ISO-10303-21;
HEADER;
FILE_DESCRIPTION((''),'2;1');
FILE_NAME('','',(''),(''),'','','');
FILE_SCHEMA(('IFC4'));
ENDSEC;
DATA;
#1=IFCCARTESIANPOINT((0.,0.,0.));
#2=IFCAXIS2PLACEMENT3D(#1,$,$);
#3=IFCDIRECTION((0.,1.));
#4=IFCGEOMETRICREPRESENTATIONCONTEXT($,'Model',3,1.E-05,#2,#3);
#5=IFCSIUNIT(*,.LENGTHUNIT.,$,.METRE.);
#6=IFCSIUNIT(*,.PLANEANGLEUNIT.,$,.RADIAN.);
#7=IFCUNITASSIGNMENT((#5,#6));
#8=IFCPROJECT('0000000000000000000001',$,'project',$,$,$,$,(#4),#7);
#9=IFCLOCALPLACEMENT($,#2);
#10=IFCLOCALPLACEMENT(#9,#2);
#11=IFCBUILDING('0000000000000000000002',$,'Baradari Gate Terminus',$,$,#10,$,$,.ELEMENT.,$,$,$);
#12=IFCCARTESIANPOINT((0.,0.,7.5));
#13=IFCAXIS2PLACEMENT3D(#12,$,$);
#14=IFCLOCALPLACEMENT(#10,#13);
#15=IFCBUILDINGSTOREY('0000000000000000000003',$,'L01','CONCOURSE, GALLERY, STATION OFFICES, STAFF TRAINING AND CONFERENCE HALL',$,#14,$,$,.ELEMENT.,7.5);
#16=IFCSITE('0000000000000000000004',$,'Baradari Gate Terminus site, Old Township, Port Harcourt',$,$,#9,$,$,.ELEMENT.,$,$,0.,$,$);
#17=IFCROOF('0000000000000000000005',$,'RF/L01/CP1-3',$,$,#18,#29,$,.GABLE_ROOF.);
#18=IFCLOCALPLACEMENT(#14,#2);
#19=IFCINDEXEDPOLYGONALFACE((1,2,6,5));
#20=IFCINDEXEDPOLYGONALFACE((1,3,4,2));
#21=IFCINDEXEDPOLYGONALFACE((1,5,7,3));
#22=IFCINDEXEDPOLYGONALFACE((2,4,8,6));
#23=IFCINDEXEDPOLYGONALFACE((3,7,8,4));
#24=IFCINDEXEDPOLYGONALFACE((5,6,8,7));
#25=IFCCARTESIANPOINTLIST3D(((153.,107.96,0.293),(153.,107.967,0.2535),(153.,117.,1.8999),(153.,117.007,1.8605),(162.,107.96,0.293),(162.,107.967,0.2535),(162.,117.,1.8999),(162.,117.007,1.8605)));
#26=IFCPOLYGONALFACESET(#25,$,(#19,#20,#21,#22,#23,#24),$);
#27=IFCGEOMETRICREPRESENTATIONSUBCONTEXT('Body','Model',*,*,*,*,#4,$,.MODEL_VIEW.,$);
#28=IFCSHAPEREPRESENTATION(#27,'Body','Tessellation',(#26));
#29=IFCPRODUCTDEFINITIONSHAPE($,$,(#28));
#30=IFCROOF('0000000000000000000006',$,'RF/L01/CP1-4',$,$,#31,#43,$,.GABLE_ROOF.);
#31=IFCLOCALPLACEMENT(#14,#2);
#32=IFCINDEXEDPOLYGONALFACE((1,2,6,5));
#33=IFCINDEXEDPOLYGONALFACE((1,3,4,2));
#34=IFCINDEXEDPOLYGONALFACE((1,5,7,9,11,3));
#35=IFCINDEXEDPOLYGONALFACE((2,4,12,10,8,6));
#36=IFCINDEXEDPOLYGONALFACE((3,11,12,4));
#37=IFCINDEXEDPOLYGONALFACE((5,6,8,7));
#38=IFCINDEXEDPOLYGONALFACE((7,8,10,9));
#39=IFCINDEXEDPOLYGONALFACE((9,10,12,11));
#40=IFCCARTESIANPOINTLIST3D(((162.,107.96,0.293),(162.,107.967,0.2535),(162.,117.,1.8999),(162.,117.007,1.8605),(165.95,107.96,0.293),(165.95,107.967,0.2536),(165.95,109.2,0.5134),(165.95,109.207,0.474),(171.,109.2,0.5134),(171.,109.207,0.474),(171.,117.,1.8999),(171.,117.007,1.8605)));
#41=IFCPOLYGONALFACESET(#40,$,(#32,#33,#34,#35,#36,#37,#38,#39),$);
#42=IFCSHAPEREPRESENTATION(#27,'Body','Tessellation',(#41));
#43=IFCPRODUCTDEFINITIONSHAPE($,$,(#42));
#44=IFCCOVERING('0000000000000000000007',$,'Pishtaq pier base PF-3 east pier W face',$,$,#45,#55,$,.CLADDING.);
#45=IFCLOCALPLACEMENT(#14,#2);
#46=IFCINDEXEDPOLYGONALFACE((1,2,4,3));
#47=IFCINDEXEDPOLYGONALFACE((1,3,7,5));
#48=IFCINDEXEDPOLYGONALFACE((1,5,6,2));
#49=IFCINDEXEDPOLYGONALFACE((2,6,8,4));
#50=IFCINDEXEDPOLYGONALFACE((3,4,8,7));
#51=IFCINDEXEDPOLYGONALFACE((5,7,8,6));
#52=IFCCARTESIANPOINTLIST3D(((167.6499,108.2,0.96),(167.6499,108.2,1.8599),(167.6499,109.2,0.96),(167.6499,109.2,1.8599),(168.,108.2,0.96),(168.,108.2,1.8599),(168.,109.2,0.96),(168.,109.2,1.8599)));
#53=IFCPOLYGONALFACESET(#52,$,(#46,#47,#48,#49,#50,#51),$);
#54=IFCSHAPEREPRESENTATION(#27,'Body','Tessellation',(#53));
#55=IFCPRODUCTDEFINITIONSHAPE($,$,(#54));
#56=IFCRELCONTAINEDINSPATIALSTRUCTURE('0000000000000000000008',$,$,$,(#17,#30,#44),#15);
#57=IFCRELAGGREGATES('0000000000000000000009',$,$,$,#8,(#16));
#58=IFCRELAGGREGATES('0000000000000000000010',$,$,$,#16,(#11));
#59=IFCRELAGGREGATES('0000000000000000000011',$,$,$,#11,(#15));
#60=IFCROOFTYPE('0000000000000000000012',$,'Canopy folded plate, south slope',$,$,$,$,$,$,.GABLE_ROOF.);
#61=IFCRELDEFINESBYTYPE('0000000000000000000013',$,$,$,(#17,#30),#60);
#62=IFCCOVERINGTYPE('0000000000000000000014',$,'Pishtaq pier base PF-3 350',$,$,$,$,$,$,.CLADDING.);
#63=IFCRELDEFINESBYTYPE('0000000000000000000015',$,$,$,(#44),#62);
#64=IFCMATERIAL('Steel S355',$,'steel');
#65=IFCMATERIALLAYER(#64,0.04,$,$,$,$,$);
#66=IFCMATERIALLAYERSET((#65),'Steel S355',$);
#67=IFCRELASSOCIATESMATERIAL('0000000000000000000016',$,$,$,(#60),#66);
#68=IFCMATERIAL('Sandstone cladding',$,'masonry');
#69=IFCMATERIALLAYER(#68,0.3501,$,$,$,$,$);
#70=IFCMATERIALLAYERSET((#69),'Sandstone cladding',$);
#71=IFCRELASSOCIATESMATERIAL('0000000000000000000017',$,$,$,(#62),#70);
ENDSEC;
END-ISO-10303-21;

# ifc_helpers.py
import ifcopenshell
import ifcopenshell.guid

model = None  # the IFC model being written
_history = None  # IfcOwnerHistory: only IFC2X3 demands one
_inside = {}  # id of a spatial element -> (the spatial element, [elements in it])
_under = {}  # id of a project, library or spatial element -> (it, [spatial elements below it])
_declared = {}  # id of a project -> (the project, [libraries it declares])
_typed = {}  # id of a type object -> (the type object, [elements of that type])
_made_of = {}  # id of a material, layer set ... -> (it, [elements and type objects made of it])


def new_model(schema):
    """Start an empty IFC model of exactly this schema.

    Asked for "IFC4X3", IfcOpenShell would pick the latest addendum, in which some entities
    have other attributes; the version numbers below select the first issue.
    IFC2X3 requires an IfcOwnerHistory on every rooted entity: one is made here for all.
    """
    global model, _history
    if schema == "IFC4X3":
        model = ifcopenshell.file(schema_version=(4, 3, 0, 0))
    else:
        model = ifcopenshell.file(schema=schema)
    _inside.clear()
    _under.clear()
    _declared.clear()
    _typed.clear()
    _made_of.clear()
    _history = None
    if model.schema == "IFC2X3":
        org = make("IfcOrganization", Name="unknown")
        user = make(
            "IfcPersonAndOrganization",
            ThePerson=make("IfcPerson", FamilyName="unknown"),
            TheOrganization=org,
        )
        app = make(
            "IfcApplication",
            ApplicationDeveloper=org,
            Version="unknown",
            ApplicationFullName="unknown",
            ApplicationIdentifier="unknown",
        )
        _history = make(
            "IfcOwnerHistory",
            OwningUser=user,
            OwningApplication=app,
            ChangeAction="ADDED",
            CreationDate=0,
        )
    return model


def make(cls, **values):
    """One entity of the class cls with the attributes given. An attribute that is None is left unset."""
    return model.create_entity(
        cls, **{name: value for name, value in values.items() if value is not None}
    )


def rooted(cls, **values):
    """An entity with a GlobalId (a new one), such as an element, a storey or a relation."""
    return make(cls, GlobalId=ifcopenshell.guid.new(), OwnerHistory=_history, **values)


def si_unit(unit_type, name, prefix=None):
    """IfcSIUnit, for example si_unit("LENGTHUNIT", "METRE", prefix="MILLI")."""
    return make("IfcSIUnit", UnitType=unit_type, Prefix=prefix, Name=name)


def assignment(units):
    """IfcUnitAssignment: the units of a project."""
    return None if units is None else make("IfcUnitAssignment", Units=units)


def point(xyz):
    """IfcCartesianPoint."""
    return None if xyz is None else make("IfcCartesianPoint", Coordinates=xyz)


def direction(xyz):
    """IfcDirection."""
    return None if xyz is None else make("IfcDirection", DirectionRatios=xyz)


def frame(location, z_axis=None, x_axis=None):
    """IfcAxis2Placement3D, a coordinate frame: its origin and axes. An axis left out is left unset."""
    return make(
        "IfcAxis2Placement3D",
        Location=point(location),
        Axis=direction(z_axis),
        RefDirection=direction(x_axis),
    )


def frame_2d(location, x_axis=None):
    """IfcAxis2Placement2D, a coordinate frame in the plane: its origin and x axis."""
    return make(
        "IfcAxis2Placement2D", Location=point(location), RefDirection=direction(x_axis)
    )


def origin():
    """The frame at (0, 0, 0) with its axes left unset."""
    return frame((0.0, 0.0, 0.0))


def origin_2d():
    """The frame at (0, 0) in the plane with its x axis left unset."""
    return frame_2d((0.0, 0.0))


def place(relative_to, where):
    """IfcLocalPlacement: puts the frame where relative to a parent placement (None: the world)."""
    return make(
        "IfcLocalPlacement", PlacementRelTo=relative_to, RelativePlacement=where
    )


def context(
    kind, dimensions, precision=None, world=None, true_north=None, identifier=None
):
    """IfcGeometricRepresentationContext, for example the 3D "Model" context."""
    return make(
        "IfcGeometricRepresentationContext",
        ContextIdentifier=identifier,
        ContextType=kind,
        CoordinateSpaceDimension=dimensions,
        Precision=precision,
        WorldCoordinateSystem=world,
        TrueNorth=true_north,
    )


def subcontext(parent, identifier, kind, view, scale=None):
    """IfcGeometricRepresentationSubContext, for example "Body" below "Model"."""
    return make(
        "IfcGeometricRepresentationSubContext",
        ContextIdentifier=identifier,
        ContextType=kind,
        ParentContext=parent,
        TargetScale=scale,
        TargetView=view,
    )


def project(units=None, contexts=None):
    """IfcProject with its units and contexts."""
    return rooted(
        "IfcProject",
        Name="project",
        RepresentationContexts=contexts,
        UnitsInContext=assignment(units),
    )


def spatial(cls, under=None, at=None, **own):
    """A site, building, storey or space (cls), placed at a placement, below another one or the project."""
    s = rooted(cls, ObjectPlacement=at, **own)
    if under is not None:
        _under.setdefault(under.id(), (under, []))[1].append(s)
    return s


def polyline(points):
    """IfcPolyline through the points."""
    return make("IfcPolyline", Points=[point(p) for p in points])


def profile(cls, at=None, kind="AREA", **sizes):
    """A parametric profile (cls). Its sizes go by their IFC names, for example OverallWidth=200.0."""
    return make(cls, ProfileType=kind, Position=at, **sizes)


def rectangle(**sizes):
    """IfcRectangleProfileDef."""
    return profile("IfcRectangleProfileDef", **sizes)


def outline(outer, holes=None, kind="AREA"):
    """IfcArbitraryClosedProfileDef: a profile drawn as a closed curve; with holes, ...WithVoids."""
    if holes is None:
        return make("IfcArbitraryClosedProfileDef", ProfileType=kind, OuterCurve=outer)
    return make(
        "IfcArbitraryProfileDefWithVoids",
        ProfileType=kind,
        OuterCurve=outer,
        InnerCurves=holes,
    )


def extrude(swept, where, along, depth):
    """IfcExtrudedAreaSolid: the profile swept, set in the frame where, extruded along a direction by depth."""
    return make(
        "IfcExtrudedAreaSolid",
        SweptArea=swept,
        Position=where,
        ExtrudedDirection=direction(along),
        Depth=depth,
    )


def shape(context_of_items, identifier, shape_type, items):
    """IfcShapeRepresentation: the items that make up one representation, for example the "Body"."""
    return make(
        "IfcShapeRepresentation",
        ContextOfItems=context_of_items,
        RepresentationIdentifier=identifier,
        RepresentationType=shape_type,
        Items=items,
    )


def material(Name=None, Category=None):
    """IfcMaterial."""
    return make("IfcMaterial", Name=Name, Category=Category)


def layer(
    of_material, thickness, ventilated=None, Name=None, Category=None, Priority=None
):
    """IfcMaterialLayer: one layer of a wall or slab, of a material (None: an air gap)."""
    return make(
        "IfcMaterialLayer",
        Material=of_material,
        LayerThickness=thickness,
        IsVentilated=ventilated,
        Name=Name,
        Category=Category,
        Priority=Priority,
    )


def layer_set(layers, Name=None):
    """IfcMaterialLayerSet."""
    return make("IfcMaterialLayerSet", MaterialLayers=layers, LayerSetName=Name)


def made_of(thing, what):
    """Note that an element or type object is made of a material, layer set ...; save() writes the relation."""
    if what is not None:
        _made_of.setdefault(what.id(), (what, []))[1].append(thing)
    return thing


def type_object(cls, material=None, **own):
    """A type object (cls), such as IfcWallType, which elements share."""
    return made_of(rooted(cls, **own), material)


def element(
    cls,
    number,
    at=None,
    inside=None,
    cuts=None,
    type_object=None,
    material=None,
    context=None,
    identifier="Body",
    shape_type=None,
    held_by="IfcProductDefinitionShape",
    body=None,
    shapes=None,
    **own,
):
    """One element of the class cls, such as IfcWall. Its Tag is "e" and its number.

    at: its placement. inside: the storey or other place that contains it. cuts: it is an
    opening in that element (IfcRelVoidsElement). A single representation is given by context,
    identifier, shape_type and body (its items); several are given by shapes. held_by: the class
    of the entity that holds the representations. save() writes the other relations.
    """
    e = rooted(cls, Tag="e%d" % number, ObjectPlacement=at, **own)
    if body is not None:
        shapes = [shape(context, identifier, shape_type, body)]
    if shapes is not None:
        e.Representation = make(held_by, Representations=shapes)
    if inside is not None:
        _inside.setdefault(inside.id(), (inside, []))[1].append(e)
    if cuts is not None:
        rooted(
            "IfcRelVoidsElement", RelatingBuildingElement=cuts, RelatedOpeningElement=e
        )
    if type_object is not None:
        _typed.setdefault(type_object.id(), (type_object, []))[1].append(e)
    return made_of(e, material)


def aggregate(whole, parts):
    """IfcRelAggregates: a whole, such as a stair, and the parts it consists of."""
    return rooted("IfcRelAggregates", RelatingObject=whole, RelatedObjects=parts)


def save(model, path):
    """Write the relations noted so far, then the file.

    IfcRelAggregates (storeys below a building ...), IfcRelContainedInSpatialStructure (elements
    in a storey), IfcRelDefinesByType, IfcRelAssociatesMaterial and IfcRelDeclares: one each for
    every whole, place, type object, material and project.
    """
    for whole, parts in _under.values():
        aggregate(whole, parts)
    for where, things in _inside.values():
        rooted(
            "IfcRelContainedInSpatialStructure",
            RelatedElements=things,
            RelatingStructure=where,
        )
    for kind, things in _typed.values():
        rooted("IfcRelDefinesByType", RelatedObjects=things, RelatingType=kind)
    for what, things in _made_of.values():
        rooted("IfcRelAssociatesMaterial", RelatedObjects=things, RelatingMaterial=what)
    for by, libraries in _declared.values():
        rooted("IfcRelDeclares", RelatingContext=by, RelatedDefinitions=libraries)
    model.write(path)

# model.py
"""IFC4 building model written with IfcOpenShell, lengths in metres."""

from ifc_helpers import new_model, si_unit, direction, frame, origin, origin_2d, place, context, subcontext, project, spatial, polyline, rectangle, outline, extrude, material, layer, layer_set, type_object, element, save


model = new_model("IFC4")

# Units and contexts
model_context = context("Model", 3, precision=1e-05, world=origin(), true_north=direction((0.0, 1.0)))
body_context = subcontext(model_context, "Body", "Model", "MODEL_VIEW")
ifc_project = project(units=[si_unit("LENGTHUNIT", "METRE"), si_unit("PLANEANGLEUNIT", "RADIAN")], contexts=[model_context])

# Site, building, storey
site_placement = place(None, origin())
site = spatial("IfcSite", under=ifc_project, at=site_placement, Name="Baradari Gate Terminus site, Old Township, Port Harcourt", CompositionType="ELEMENT", RefElevation=0.0)
building_placement = place(site_placement, origin())
building = spatial("IfcBuilding", under=site, at=building_placement, Name="Baradari Gate Terminus", CompositionType="ELEMENT")
storey_placement = place(building_placement, frame((0.0, 0.0, 7.5)))
storey = spatial("IfcBuildingStorey", under=building, at=storey_placement, Name="L01", Description="CONCOURSE, GALLERY, STATION OFFICES, STAFF TRAINING AND CONFERENCE HALL", CompositionType="ELEMENT", Elevation=7.5)

# Roofs
ifc_material_1 = material(Name="Steel S355", Category="steel")
ifc_layer_1 = layer(ifc_material_1, 0.04)
ifc_layer_set_1 = layer_set([ifc_layer_1], Name="Steel S355")
roof_type_1 = type_object("IfcRoofType", Name="Canopy folded plate, south slope", PredefinedType="GABLE_ROOF", material=ifc_layer_set_1)
roof_1_placement = place(storey_placement, frame((153.0, 107.96, 0.293), z_axis=(0.0, -0.175014, 0.984566), x_axis=(1.0, 0.0, 0.0)))
element("IfcRoof", 1, at=roof_1_placement, inside=storey, type_object=roof_type_1, Name="RF/L01/CP1-3", PredefinedType="GABLE_ROOF", context=body_context, shape_type="SweptSolid", body=[
    extrude(outline(polyline([(0.0, 0.0), (9.0, 0.0), (9.0, 9.1818), (0.0, 9.1818), (0.0, 0.0)])), origin(), (0.0, 0.0, -1.0), 0.04),
])
roof_2_placement = place(storey_placement, frame((162.0, 107.96, 0.293), z_axis=(-0.000002, -0.175011, 0.984566), x_axis=(1.0, 0.0, 0.000002)))
element("IfcRoof", 2, at=roof_2_placement, inside=storey, type_object=roof_type_1, Name="RF/L01/CP1-4", PredefinedType="GABLE_ROOF", context=body_context, shape_type="SweptSolid", body=[
    extrude(outline(polyline([(0.0, 0.0), (3.95, 0.0), (3.95, 1.2594), (9.0, 1.2594), (9.0, 9.1818), (0.0, 9.1818), (0.0, 0.0)])), origin(), (0.0, 0.0, -1.0), 0.04),
])

# Covering
ifc_material_2 = material(Name="Sandstone cladding", Category="masonry")
ifc_layer_2 = layer(ifc_material_2, 0.3501)
ifc_layer_set_2 = layer_set([ifc_layer_2], Name="Sandstone cladding")
covering_type = type_object("IfcCoveringType", Name="Pishtaq pier base PF-3 350", PredefinedType="CLADDING", material=ifc_layer_set_2)
covering_placement = place(storey_placement, frame((167.825, 108.7, 0.96), z_axis=(0.0, 0.0, 1.0), x_axis=(1.0, 0.0, 0.0)))
element("IfcCovering", 3, at=covering_placement, inside=storey, type_object=covering_type, Name="Pishtaq pier base PF-3 east pier W face", PredefinedType="CLADDING", context=body_context, shape_type="SweptSolid", body=[
    extrude(rectangle(XDim=0.3501, YDim=1.0, at=origin_2d()), origin(), (0.0, 0.0, 1.0), 0.8999),
])

save(model, "model.ifc")
